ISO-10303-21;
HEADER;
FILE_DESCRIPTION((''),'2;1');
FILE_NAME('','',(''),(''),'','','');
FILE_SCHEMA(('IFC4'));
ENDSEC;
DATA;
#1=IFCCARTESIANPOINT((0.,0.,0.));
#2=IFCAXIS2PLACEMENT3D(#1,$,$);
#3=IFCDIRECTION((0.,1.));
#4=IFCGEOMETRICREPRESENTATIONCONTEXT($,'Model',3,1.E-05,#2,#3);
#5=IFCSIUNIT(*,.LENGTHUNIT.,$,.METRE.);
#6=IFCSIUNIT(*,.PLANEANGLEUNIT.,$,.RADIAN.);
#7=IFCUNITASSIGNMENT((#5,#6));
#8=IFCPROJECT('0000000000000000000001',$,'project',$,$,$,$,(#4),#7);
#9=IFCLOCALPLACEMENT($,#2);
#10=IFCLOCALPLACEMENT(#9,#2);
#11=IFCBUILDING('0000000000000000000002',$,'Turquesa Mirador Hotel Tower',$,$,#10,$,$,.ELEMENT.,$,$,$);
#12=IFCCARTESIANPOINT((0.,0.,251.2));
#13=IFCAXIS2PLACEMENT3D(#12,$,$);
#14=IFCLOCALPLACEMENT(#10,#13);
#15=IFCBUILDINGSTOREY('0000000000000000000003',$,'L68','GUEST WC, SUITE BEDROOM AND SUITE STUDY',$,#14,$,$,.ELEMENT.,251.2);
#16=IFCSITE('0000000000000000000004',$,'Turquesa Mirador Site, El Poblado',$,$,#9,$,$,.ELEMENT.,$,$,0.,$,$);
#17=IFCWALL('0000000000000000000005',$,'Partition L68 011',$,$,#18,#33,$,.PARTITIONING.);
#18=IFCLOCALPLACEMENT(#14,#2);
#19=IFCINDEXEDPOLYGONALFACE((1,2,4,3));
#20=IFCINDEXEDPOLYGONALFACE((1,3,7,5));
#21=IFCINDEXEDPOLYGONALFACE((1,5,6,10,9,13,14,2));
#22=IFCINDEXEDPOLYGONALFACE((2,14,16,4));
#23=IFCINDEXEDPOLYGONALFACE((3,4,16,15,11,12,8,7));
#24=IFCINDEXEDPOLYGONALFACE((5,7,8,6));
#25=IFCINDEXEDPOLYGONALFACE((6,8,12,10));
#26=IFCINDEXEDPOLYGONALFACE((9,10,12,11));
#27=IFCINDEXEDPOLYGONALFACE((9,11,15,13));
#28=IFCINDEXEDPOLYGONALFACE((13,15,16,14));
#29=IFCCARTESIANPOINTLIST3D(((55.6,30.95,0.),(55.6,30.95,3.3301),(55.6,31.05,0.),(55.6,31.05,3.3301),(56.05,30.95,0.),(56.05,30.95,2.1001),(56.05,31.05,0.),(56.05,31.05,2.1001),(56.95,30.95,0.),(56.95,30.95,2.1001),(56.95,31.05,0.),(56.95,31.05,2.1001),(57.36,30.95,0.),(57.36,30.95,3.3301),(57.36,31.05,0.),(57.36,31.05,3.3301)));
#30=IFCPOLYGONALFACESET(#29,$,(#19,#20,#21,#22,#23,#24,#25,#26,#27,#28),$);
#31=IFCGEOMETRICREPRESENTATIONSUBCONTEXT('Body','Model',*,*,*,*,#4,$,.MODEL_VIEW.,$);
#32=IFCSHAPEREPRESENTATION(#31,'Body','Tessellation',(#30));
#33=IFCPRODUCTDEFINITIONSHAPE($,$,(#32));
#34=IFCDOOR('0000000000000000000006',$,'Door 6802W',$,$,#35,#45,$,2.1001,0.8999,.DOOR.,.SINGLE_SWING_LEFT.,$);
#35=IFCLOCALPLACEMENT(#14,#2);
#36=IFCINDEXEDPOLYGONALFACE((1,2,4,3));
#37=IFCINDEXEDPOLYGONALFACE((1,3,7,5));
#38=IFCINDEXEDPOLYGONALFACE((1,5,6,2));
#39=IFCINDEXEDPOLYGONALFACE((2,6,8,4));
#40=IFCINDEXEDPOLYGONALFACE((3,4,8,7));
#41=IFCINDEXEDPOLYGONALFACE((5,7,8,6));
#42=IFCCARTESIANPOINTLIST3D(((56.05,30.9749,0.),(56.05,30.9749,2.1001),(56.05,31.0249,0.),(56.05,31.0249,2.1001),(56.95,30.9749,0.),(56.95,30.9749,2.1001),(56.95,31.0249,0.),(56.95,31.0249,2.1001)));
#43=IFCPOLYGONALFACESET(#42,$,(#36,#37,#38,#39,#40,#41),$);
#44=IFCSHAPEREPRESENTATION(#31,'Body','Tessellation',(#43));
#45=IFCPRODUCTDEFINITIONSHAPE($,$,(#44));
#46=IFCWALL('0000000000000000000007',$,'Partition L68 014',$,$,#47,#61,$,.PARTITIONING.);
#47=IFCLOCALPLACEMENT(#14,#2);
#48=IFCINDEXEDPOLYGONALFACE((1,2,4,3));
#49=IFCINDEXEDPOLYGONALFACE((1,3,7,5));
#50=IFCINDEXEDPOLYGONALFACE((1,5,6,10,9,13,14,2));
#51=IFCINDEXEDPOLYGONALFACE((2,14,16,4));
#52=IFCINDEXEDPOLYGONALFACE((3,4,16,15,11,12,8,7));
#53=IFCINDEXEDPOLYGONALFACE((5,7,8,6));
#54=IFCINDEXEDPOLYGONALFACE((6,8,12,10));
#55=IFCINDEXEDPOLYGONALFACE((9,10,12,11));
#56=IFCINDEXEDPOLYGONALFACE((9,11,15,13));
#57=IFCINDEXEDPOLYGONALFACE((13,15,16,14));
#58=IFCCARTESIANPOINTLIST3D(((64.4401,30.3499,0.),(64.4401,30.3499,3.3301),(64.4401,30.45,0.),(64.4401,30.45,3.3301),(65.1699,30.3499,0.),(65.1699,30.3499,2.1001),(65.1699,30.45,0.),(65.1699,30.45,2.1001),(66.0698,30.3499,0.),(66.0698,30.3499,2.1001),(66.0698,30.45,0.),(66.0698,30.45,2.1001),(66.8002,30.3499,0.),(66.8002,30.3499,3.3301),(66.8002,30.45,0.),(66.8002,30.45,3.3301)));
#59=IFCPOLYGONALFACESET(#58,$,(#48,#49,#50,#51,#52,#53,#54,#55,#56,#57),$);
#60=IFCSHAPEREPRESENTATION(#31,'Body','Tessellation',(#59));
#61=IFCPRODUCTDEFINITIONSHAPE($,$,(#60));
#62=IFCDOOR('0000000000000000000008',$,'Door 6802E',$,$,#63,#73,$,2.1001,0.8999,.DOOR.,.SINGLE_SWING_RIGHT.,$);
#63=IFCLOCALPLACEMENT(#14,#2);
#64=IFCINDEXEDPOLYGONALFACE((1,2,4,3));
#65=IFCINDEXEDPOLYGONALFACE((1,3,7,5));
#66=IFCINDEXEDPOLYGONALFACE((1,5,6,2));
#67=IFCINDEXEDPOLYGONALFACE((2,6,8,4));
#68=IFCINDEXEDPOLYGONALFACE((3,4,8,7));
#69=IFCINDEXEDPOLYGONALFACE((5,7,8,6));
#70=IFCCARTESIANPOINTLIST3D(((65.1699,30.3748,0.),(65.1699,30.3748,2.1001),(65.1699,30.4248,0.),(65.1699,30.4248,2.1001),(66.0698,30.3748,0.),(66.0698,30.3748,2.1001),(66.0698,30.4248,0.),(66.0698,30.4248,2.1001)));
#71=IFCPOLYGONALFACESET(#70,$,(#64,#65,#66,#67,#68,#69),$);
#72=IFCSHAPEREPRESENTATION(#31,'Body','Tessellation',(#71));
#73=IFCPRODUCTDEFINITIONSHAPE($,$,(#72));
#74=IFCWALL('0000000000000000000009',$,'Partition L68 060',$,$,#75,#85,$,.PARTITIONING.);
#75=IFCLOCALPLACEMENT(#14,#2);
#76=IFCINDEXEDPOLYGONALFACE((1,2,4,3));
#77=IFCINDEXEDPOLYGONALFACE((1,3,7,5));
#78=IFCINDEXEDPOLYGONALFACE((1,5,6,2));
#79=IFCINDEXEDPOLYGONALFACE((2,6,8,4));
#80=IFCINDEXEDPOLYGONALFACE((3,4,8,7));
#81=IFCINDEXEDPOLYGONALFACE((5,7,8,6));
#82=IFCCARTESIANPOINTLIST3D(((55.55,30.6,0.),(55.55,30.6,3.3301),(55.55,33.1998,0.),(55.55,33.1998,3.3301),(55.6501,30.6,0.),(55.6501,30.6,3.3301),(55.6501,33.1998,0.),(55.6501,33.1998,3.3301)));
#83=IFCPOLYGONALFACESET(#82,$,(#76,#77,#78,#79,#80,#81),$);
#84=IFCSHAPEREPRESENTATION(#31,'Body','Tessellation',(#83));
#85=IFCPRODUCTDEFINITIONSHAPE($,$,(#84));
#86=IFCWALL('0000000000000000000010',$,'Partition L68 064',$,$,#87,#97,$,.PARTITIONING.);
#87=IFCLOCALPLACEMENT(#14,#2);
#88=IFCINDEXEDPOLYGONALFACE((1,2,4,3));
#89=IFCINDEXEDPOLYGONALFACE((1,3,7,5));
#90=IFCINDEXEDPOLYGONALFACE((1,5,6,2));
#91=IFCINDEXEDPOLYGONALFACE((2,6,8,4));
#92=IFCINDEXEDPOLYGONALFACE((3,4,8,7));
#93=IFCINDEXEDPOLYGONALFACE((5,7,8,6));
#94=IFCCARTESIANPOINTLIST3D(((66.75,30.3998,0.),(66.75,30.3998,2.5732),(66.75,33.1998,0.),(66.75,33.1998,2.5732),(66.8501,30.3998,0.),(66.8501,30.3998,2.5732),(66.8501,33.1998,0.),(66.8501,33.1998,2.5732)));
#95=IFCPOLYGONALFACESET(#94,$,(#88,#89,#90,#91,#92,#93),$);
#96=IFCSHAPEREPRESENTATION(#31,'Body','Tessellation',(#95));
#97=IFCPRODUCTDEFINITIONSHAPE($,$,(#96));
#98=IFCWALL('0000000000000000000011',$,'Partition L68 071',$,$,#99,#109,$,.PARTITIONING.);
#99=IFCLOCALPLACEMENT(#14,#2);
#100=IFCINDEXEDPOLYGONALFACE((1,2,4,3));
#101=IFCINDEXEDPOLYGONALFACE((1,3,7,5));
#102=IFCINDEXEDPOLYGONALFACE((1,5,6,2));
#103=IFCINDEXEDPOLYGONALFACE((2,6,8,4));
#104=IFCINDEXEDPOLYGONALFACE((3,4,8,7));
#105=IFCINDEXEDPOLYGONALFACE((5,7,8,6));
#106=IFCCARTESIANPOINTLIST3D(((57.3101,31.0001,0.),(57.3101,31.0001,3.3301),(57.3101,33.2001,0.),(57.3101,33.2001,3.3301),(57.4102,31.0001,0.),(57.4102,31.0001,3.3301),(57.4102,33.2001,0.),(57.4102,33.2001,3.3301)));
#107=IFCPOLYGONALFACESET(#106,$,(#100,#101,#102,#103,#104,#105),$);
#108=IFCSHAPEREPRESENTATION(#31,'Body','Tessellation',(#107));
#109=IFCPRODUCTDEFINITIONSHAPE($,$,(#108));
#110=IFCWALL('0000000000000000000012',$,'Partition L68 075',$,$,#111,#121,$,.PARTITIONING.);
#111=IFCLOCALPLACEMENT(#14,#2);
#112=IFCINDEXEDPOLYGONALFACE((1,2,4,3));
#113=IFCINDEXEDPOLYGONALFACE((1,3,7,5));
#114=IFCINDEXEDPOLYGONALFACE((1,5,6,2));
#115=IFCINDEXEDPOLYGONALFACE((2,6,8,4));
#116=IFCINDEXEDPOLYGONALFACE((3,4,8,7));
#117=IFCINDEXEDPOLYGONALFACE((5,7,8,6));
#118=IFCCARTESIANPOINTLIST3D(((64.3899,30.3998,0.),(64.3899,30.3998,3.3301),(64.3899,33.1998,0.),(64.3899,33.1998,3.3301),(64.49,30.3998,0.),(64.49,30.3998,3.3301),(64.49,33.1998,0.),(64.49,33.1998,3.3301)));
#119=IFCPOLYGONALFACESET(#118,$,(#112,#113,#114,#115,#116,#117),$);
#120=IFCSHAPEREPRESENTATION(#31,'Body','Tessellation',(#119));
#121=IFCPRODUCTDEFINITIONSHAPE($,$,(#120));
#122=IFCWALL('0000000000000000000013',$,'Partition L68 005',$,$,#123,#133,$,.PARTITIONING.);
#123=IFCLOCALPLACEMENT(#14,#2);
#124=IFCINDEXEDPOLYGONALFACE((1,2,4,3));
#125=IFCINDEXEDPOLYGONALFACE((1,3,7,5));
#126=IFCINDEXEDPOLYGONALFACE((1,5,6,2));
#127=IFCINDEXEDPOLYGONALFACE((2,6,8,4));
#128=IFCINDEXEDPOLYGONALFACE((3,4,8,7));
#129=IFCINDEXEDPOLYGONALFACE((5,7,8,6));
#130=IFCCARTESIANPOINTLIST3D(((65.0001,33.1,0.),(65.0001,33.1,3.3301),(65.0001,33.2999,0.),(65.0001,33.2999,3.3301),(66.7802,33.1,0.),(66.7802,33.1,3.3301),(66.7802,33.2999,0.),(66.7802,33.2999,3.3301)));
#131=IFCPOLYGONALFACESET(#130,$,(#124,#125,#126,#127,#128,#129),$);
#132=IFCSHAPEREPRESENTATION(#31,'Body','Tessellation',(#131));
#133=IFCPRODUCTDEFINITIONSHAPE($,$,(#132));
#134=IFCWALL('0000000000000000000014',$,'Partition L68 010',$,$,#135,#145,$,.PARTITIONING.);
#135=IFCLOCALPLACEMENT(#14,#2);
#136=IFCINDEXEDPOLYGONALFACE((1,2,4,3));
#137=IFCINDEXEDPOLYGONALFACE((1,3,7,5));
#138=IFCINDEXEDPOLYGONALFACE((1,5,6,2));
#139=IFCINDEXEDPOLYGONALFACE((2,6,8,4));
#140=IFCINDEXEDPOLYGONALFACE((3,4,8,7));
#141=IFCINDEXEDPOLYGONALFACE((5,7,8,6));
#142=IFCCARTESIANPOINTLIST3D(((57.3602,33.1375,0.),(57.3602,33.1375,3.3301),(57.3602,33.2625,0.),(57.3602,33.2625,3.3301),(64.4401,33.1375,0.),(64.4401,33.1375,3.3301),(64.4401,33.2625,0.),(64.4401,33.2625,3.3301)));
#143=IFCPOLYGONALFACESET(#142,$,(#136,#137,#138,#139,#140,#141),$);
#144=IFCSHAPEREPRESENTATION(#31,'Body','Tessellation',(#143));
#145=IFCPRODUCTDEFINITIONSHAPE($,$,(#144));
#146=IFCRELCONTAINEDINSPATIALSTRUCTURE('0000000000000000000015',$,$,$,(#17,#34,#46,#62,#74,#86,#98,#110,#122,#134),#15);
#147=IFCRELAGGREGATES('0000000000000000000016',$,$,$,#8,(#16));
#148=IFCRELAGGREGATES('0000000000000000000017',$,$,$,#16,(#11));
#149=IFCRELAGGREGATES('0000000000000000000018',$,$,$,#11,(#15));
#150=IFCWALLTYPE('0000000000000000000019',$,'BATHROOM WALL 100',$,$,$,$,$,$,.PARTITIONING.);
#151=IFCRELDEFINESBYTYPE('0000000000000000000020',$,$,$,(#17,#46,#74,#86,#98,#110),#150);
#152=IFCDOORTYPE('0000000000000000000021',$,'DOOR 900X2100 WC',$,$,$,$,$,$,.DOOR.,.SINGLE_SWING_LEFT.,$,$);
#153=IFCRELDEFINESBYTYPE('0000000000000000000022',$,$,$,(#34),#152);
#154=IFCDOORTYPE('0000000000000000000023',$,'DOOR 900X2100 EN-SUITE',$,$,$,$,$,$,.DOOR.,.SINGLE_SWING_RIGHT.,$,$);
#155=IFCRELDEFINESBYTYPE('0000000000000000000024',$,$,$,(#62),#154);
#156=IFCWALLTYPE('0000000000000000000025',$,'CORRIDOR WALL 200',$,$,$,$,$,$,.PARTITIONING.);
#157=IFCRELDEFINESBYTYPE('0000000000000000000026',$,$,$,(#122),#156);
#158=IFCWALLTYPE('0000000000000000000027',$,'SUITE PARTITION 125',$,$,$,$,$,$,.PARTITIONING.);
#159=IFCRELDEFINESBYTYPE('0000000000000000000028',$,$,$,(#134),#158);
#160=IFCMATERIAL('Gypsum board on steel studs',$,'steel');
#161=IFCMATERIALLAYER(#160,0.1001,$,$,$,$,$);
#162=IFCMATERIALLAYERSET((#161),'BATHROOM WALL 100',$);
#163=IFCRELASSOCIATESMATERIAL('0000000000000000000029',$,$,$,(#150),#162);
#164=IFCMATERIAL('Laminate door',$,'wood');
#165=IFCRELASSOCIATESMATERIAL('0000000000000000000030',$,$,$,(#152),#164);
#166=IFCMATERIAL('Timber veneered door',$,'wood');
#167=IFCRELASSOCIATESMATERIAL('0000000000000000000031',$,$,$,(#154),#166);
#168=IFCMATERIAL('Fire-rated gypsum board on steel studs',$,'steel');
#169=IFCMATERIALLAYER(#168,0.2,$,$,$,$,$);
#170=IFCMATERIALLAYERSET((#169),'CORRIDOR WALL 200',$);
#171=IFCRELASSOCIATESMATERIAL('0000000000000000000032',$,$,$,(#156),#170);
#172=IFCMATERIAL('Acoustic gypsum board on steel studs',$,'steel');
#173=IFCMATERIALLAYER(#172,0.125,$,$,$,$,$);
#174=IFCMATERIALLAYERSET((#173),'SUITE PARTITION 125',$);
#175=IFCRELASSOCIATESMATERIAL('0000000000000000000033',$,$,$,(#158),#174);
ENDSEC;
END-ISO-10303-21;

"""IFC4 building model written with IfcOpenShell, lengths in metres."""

from ifc_helpers import new_model, si_unit, direction, frame, frame_2d, origin, place, context, subcontext, project, spatial, rectangle, extrude, material, layer, layer_set, type_object, element, fill, save


model = new_model("IFC4")

# Units and contexts
model_context = context("Model", 3, precision=1e-05, world=origin(), true_north=direction((0.0, 1.0)))
body_context = subcontext(model_context, "Body", "Model", "MODEL_VIEW")
ifc_project = project(units=[si_unit("LENGTHUNIT", "METRE"), si_unit("PLANEANGLEUNIT", "RADIAN")], contexts=[model_context])

# Site, building, storey
site_placement = place(None, origin())
site = spatial("IfcSite", under=ifc_project, at=site_placement, Name="Turquesa Mirador Site, El Poblado", CompositionType="ELEMENT", RefElevation=0.0)
building_placement = place(site_placement, origin())
building = spatial("IfcBuilding", under=site, at=building_placement, Name="Turquesa Mirador Hotel Tower", CompositionType="ELEMENT")
storey_placement = place(building_placement, frame((0.0, 0.0, 251.2)))
storey = spatial("IfcBuildingStorey", under=building, at=storey_placement, Name="L68", Description="GUEST WC, SUITE BEDROOM AND SUITE STUDY", CompositionType="ELEMENT", Elevation=251.2)

# Shared definitions
ifc_material_1 = material(Name="Gypsum board on steel studs", Category="steel")
ifc_layer_1 = layer(ifc_material_1, 0.1001)
ifc_layer_set_1 = layer_set([ifc_layer_1], Name="BATHROOM WALL 100")
wall_type_1 = type_object("IfcWallType", Name="BATHROOM WALL 100", PredefinedType="PARTITIONING", material=ifc_layer_set_1)

# Walls, openings, doors
wall_1_placement = place(storey_placement, frame((55.6001, 31.0, 0.0), z_axis=(0.0, 0.0, 1.0), x_axis=(1.0, 0.0, 0.0)))
wall_1 = element("IfcWall", 1, at=wall_1_placement, inside=storey, type_object=wall_type_1, Name="Partition L68 011", PredefinedType="PARTITIONING", context=body_context, shape_type="SweptSolid", body=[
    extrude(rectangle(XDim=1.76, YDim=0.1001, at=frame_2d((0.8799, 0.0))), origin(), (0.0, 0.0, 1.0), 3.3301),
])
opening_1_placement = place(wall_1_placement, frame((0.45, 0.0, 0.0)))
opening_1 = element("IfcOpeningElement", 2, at=opening_1_placement, cuts=wall_1, PredefinedType="OPENING", context=body_context, shape_type="SweptSolid", body=[
    extrude(rectangle(XDim=0.8999, YDim=2.1001, at=frame_2d((0.45, 1.05))), frame((0.0, 0.0601, 0.0), z_axis=(0.0, -1.0, 0.0), x_axis=(1.0, 0.0, 0.0)), (0.0, 0.0, 1.0), 0.1201),
])
ifc_material_2 = material(Name="Laminate door", Category="wood")
door_type_1 = type_object("IfcDoorType", Name="DOOR 900X2100 WC", OperationType="SINGLE_SWING_LEFT", PredefinedType="DOOR", material=ifc_material_2)
door_1_placement = place(opening_1_placement, origin())
door_1 = element("IfcDoor", 3, at=door_1_placement, inside=storey, type_object=door_type_1, Name="Door 6802W", OperationType="SINGLE_SWING_LEFT", OverallHeight=2.1001, OverallWidth=0.8999, PredefinedType="DOOR", context=body_context, shape_type="SweptSolid", body=[
    extrude(rectangle(XDim=0.8999, YDim=2.1001, at=frame_2d((0.45, 1.05))), frame((0.0, 0.0249, 0.0), z_axis=(0.0, -1.0, 0.0), x_axis=(1.0, 0.0, 0.0)), (0.0, 0.0, 1.0), 0.05),
])
fill(opening_1, door_1)
wall_2_placement = place(storey_placement, frame((64.4399, 30.3999, 0.0), z_axis=(0.0, 0.0, 1.0), x_axis=(1.0, 0.0, 0.0)))
wall_2 = element("IfcWall", 4, at=wall_2_placement, inside=storey, type_object=wall_type_1, Name="Partition L68 014", PredefinedType="PARTITIONING", context=body_context, shape_type="SweptSolid", body=[
    extrude(rectangle(XDim=2.3601, YDim=0.1001, at=frame_2d((1.1802, 0.0))), origin(), (0.0, 0.0, 1.0), 3.3301),
])
opening_2_placement = place(wall_2_placement, frame((0.73, 0.0, 0.0)))
opening_2 = element("IfcOpeningElement", 5, at=opening_2_placement, cuts=wall_2, PredefinedType="OPENING", context=body_context, shape_type="SweptSolid", body=[
    extrude(rectangle(XDim=0.8999, YDim=2.1001, at=frame_2d((0.45, 1.05))), frame((0.0, 0.0601, 0.0), z_axis=(0.0, -1.0, 0.0), x_axis=(1.0, 0.0, 0.0)), (0.0, 0.0, 1.0), 0.1201),
])
ifc_material_3 = material(Name="Timber veneered door", Category="wood")
door_type_2 = type_object("IfcDoorType", Name="DOOR 900X2100 EN-SUITE", OperationType="SINGLE_SWING_RIGHT", PredefinedType="DOOR", material=ifc_material_3)
door_2_placement = place(opening_2_placement, origin())
door_2 = element("IfcDoor", 6, at=door_2_placement, inside=storey, type_object=door_type_2, Name="Door 6802E", OperationType="SINGLE_SWING_RIGHT", OverallHeight=2.1001, OverallWidth=0.8999, PredefinedType="DOOR", context=body_context, shape_type="SweptSolid", body=[
    extrude(rectangle(XDim=0.8999, YDim=2.1001, at=frame_2d((0.45, 1.05))), frame((0.0, 0.0249, 0.0), z_axis=(0.0, -1.0, 0.0), x_axis=(1.0, 0.0, 0.0)), (0.0, 0.0, 1.0), 0.05),
])
fill(opening_2, door_2)

# Walls
wall_3_placement = place(storey_placement, frame((55.6001, 30.6001, 0.0), z_axis=(0.0, 0.0, 1.0), x_axis=(0.0, 1.0, 0.0)))
element("IfcWall", 7, at=wall_3_placement, inside=storey, type_object=wall_type_1, Name="Partition L68 060", PredefinedType="PARTITIONING", context=body_context, shape_type="SweptSolid", body=[
    extrude(rectangle(XDim=2.5999, YDim=0.1001, at=frame_2d((1.2998, 0.0))), origin(), (0.0, 0.0, 1.0), 3.3301),
])
wall_4_placement = place(storey_placement, frame((66.8, 30.3999, 0.0), z_axis=(0.0, 0.0, 1.0), x_axis=(0.0, 1.0, 0.0)))
element("IfcWall", 8, at=wall_4_placement, inside=storey, type_object=wall_type_1, Name="Partition L68 064", PredefinedType="PARTITIONING", context=body_context, shape_type="SweptSolid", body=[
    extrude(rectangle(XDim=2.8, YDim=0.1001, at=frame_2d((1.3999, 0.0))), origin(), (0.0, 0.0, 1.0), 2.5732),
])
wall_5_placement = place(storey_placement, frame((57.3601, 31.0, 0.0), z_axis=(0.0, 0.0, 1.0), x_axis=(0.0, 1.0, 0.0)))
element("IfcWall", 9, at=wall_5_placement, inside=storey, type_object=wall_type_1, Name="Partition L68 071", PredefinedType="PARTITIONING", context=body_context, shape_type="SweptSolid", body=[
    extrude(rectangle(XDim=2.2, YDim=0.1001, at=frame_2d((1.1001, 0.0))), origin(), (0.0, 0.0, 1.0), 3.3301),
])
wall_6_placement = place(storey_placement, frame((64.4399, 30.3999, 0.0), z_axis=(0.0, 0.0, 1.0), x_axis=(0.0, 1.0, 0.0)))
element("IfcWall", 10, at=wall_6_placement, inside=storey, type_object=wall_type_1, Name="Partition L68 075", PredefinedType="PARTITIONING", context=body_context, shape_type="SweptSolid", body=[
    extrude(rectangle(XDim=2.8, YDim=0.1001, at=frame_2d((1.3999, 0.0))), origin(), (0.0, 0.0, 1.0), 3.3301),
])
ifc_material_4 = material(Name="Fire-rated gypsum board on steel studs", Category="steel")
ifc_layer_2 = layer(ifc_material_4, 0.2)
ifc_layer_set_2 = layer_set([ifc_layer_2], Name="CORRIDOR WALL 200")
wall_type_2 = type_object("IfcWallType", Name="CORRIDOR WALL 200", PredefinedType="PARTITIONING", material=ifc_layer_set_2)
wall_7_placement = place(storey_placement, frame((65.0, 33.2, 0.0), z_axis=(0.0, 0.0, 1.0), x_axis=(1.0, 0.0, 0.0)))
element("IfcWall", 11, at=wall_7_placement, inside=storey, type_object=wall_type_2, Name="Partition L68 005", PredefinedType="PARTITIONING", context=body_context, shape_type="SweptSolid", body=[
    extrude(rectangle(XDim=1.78, YDim=0.2, at=frame_2d((0.8901, 0.0))), origin(), (0.0, 0.0, 1.0), 3.3301),
])
ifc_material_5 = material(Name="Acoustic gypsum board on steel studs", Category="steel")
ifc_layer_3 = layer(ifc_material_5, 0.125)
ifc_layer_set_3 = layer_set([ifc_layer_3], Name="SUITE PARTITION 125")
wall_type_3 = type_object("IfcWallType", Name="SUITE PARTITION 125", PredefinedType="PARTITIONING", material=ifc_layer_set_3)
wall_8_placement = place(storey_placement, frame((57.3601, 33.2, 0.0), z_axis=(0.0, 0.0, 1.0), x_axis=(1.0, 0.0, 0.0)))
element("IfcWall", 12, at=wall_8_placement, inside=storey, type_object=wall_type_3, Name="Partition L68 010", PredefinedType="PARTITIONING", context=body_context, shape_type="SweptSolid", body=[
    extrude(rectangle(XDim=7.0798, YDim=0.125, at=frame_2d((3.54, 0.0))), origin(), (0.0, 0.0, 1.0), 3.3301),
])

save(model, "model.ifc")
